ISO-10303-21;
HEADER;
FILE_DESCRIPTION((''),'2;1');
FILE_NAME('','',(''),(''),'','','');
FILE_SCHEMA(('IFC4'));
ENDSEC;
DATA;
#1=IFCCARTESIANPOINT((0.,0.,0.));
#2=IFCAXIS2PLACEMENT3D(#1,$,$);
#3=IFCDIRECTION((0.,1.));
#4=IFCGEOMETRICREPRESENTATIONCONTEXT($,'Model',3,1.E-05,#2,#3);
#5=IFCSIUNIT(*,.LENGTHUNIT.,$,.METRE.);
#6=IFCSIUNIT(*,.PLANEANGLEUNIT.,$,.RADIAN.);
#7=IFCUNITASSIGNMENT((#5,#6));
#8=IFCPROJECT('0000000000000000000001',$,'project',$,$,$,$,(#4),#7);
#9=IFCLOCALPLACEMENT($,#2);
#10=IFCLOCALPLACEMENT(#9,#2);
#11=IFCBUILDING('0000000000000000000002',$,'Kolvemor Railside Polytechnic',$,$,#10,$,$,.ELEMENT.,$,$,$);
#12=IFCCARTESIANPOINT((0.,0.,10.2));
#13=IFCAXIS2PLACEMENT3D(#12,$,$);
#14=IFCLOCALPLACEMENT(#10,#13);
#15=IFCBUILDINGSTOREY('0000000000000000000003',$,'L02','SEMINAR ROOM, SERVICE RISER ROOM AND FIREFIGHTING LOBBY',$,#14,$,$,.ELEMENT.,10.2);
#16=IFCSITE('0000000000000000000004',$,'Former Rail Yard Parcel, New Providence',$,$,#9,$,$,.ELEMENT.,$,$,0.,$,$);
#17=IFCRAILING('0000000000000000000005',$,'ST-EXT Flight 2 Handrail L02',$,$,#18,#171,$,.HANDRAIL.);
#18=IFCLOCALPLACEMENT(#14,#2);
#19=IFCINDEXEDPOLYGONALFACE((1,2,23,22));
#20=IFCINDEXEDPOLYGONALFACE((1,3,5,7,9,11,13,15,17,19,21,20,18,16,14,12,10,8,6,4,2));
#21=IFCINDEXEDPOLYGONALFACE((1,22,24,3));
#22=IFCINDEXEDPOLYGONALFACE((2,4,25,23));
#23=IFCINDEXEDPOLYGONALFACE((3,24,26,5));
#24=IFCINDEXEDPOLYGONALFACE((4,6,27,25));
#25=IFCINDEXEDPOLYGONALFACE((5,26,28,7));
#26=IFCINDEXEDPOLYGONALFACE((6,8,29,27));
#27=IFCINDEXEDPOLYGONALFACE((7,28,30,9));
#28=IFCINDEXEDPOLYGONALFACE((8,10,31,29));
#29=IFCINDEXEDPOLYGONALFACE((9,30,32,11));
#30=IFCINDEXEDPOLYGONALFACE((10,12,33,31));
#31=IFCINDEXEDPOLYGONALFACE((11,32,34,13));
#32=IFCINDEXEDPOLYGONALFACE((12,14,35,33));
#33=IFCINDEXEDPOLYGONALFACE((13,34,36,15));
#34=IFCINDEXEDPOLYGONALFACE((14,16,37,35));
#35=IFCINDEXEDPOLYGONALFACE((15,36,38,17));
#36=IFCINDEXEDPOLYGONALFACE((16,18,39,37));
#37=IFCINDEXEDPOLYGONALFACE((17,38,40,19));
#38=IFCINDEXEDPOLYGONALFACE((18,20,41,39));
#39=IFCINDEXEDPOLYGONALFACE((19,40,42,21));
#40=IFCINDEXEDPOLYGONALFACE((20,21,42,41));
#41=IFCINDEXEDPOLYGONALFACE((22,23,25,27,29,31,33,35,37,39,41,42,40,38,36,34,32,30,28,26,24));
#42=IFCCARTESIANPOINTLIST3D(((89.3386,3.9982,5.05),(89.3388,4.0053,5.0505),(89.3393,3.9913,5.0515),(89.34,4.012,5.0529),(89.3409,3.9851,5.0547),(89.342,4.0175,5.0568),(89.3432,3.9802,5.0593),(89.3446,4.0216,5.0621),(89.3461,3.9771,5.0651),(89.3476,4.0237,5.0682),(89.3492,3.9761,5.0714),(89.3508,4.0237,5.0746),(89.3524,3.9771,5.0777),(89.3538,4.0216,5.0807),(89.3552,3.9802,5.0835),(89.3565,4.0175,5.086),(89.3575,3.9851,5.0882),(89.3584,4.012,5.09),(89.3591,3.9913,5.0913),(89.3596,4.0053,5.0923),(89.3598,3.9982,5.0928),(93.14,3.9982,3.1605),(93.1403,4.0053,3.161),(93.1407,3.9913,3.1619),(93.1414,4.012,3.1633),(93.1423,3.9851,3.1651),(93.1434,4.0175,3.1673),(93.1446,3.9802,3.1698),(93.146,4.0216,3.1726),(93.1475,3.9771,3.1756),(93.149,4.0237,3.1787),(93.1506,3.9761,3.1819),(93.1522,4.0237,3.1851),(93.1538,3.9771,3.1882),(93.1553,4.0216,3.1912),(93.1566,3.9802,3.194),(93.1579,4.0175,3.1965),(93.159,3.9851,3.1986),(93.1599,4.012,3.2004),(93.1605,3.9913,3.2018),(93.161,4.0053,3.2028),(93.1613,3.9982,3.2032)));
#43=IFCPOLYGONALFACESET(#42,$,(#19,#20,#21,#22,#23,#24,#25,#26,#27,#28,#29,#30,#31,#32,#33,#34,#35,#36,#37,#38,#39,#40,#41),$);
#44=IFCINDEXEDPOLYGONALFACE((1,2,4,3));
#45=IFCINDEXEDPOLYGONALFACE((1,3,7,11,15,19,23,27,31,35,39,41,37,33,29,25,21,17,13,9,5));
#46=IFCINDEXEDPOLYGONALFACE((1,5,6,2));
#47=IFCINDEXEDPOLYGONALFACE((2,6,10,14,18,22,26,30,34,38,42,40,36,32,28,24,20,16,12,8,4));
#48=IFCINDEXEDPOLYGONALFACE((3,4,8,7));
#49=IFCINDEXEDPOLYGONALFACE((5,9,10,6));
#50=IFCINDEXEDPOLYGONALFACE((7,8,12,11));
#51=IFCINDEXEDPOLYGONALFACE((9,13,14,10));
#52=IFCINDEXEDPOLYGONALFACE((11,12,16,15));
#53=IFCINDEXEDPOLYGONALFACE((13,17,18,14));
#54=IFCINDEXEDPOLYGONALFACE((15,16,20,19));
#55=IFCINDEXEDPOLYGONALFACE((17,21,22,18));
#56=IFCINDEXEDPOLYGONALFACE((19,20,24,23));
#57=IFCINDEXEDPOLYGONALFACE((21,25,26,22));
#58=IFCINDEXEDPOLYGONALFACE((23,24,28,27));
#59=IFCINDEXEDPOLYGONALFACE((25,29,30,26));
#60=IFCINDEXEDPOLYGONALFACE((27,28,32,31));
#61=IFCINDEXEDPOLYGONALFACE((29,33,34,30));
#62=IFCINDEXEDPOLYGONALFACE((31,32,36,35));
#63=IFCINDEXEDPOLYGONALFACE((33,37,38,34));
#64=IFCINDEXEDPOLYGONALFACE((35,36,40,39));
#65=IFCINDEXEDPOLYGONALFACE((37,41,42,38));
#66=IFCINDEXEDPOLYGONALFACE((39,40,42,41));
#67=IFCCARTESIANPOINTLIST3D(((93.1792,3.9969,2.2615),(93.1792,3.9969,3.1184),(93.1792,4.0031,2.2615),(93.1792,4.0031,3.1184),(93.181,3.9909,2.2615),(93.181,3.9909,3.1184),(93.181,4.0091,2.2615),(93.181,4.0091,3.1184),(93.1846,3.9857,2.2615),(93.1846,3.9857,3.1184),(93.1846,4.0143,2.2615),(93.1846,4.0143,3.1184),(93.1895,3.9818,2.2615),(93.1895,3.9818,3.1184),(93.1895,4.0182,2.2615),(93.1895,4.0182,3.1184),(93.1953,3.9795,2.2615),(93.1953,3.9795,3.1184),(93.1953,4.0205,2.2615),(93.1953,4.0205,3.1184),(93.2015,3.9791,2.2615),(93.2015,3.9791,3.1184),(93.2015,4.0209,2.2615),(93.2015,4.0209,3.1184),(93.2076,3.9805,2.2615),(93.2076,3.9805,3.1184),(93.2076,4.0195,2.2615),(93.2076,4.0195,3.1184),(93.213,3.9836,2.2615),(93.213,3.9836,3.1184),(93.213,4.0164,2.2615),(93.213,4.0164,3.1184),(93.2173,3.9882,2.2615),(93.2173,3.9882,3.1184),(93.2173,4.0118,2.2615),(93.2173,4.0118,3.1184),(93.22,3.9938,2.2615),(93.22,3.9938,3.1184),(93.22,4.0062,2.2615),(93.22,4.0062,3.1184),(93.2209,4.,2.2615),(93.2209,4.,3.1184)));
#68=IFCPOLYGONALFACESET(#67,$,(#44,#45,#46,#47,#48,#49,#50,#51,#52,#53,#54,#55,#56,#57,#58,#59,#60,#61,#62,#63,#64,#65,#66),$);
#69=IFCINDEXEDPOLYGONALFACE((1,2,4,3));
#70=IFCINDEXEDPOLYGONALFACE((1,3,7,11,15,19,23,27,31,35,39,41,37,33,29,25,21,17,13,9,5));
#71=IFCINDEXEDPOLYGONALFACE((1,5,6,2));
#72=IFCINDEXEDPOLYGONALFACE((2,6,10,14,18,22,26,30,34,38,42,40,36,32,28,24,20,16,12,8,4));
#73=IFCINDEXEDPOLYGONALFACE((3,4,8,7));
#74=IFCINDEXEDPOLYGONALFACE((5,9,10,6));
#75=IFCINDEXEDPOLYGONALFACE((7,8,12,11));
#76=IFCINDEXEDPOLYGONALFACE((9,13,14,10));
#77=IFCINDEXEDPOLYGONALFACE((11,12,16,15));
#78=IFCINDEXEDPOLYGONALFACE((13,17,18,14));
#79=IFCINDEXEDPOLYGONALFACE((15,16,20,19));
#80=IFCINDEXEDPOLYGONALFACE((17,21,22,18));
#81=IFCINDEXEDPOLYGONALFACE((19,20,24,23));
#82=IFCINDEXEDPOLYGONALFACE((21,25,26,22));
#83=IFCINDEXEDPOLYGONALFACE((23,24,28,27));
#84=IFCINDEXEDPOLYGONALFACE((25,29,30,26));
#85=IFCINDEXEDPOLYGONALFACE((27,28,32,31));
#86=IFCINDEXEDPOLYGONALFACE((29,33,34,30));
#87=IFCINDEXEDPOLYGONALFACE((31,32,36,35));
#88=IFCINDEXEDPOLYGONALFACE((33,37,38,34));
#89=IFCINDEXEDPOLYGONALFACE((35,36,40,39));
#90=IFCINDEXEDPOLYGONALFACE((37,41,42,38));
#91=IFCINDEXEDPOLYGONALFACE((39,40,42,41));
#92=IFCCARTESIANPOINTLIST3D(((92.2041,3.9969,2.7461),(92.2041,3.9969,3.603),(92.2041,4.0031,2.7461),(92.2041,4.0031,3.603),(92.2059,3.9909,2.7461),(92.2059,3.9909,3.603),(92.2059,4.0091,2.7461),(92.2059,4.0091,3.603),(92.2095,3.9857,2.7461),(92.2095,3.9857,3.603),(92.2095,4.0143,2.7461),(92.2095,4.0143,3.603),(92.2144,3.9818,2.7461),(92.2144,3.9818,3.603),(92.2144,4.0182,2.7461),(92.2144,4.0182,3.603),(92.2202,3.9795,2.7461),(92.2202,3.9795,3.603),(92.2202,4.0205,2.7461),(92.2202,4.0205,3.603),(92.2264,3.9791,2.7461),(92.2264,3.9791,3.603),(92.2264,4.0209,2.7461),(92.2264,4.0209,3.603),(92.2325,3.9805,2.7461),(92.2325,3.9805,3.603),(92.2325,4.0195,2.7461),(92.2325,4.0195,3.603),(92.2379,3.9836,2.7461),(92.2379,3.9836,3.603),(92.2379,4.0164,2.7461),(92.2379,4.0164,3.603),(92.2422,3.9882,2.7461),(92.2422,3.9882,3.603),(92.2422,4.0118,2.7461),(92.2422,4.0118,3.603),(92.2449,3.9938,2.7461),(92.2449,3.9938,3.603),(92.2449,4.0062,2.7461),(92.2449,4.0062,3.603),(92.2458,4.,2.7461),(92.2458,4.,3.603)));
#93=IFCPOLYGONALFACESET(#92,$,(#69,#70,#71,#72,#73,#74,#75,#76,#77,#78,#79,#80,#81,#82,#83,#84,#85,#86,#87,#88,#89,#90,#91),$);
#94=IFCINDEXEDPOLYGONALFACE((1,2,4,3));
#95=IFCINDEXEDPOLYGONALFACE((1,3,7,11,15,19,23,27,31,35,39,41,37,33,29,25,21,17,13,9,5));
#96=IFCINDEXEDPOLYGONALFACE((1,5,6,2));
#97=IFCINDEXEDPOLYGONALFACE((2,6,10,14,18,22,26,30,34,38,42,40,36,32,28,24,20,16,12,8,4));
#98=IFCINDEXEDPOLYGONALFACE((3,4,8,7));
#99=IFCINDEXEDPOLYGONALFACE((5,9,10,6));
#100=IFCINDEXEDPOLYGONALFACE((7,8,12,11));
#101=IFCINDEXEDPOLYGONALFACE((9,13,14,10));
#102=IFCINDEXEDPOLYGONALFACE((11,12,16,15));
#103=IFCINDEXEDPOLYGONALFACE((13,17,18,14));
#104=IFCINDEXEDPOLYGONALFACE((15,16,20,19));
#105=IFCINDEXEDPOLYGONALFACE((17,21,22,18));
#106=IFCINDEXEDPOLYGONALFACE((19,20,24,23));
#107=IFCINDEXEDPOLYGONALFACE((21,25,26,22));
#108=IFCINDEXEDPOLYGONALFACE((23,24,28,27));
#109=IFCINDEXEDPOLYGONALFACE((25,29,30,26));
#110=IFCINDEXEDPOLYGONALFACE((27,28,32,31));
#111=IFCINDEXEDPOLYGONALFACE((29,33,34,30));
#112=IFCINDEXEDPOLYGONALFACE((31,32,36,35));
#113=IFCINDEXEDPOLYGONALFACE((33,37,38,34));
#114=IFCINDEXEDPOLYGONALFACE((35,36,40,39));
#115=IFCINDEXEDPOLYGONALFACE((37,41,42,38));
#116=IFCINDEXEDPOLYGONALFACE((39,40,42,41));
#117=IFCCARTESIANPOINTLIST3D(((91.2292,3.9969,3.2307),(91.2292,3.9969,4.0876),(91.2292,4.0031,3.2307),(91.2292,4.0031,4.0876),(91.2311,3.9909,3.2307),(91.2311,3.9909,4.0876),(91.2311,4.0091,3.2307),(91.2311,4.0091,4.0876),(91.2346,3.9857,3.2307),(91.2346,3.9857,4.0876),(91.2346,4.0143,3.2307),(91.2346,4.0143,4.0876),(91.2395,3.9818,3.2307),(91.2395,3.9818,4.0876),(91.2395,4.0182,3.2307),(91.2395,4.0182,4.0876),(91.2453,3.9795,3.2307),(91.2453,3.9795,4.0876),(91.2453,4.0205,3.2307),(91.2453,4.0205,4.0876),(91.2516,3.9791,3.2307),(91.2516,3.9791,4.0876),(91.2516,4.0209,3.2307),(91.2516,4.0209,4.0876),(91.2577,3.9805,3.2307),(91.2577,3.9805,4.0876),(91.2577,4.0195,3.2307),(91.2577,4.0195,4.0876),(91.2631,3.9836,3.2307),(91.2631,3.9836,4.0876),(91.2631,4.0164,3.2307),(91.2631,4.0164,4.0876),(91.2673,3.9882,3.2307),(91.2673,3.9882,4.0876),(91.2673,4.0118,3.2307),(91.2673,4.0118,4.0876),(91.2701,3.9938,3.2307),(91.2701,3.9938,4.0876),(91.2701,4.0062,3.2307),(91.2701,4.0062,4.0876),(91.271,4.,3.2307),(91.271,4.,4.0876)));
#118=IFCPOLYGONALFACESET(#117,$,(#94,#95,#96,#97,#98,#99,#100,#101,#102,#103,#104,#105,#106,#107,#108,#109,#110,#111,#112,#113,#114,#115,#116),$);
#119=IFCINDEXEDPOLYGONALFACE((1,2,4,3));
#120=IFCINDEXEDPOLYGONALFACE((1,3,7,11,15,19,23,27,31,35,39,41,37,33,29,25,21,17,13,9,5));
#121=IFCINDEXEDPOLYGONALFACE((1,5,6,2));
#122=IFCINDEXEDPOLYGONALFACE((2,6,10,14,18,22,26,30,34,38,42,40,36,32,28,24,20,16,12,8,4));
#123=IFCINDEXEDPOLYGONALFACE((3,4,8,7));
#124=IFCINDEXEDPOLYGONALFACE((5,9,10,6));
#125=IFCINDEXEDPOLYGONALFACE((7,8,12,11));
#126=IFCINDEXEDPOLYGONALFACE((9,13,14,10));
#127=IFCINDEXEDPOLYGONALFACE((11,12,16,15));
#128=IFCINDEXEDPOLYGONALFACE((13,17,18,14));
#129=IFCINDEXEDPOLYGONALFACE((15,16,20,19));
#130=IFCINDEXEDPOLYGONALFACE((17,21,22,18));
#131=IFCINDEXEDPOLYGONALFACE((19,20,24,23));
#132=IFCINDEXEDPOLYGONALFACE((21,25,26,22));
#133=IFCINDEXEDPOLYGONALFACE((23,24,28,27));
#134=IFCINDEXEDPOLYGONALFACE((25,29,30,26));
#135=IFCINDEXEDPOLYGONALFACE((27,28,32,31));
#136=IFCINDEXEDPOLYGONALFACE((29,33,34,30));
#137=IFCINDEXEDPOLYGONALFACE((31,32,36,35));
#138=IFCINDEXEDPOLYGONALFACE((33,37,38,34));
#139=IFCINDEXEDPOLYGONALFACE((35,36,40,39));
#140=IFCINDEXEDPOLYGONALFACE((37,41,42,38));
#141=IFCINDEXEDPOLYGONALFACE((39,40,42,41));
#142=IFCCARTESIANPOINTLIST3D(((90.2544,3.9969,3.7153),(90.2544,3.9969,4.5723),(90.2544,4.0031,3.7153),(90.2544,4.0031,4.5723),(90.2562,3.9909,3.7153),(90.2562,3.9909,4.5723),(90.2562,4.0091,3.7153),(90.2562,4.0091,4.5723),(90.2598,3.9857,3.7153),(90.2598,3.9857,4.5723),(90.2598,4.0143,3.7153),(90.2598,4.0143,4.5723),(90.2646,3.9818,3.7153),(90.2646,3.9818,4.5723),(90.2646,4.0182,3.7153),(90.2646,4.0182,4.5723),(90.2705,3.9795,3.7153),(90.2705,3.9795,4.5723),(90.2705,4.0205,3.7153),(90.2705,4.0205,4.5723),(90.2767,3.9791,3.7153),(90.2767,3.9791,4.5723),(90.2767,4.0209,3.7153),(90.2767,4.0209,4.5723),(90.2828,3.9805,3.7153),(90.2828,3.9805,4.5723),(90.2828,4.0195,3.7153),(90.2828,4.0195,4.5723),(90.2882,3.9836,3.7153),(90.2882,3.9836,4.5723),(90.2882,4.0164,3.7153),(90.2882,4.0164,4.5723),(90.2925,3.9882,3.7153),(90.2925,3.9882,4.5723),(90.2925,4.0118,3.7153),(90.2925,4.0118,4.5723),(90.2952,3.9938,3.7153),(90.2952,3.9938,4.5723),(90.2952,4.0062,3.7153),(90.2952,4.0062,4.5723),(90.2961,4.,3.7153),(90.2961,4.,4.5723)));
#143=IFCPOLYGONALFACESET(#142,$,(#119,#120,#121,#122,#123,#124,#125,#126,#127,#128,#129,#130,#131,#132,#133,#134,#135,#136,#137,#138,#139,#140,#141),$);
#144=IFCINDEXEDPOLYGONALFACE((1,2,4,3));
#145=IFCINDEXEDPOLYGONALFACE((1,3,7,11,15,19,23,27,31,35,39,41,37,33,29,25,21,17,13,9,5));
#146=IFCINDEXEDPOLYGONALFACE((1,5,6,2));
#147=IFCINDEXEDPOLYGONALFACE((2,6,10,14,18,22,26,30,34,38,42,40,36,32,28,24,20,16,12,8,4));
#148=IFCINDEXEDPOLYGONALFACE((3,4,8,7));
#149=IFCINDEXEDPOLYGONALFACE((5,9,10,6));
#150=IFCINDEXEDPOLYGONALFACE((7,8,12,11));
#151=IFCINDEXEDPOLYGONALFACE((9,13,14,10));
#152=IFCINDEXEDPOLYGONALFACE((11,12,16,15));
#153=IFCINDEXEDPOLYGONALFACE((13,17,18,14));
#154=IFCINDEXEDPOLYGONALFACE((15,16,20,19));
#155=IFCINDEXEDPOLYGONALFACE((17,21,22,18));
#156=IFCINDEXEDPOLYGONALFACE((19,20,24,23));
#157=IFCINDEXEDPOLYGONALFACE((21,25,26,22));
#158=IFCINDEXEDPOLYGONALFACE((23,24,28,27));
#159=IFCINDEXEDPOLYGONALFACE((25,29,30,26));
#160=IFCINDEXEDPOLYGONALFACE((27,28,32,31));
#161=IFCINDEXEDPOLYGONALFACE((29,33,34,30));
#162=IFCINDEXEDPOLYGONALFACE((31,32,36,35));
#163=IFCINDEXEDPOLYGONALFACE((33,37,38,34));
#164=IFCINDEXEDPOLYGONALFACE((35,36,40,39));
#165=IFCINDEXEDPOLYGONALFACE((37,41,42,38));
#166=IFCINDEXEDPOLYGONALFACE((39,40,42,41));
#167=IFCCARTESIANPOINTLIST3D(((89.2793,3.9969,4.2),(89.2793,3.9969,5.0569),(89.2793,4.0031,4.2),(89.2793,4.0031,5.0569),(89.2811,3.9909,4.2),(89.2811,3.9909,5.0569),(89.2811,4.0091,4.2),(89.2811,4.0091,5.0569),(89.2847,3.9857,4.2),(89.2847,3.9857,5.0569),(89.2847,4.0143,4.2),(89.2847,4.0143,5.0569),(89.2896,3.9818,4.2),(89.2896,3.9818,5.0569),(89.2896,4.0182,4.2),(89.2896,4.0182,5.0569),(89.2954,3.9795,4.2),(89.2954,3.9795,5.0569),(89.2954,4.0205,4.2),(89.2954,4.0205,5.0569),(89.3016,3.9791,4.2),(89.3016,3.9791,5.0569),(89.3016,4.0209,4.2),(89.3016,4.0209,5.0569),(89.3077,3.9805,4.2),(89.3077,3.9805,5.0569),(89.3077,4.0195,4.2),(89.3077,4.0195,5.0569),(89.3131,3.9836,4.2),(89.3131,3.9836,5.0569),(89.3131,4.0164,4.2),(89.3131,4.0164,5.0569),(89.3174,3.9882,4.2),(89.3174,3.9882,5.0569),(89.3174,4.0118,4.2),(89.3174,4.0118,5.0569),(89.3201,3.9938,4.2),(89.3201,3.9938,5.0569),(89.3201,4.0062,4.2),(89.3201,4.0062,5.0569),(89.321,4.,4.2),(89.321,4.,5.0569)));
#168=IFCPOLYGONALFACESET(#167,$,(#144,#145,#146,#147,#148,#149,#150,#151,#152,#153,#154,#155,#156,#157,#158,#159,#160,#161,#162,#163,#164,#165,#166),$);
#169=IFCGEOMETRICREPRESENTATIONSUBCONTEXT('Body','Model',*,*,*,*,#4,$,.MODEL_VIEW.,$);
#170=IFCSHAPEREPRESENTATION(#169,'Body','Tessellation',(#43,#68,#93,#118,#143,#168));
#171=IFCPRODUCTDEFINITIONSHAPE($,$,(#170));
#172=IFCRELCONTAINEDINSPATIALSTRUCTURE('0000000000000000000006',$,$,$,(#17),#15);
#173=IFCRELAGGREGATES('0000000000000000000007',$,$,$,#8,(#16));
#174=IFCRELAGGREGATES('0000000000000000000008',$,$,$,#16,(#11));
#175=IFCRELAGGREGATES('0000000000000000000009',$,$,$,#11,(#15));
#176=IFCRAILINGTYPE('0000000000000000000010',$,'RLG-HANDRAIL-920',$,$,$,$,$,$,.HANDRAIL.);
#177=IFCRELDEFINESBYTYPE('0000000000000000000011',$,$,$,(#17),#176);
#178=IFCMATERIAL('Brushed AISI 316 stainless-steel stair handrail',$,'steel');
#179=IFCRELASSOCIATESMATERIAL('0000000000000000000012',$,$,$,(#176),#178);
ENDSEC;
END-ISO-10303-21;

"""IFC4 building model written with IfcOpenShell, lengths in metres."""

from ifc_helpers import new_model, si_unit, direction, frame, origin, origin_2d, place, context, subcontext, project, spatial, circle, extrude, material, type_object, element, save


model = new_model("IFC4")

# Units and contexts
model_context = context("Model", 3, precision=1e-05, world=origin(), true_north=direction((0.0, 1.0)))
body_context = subcontext(model_context, "Body", "Model", "MODEL_VIEW")
ifc_project = project(units=[si_unit("LENGTHUNIT", "METRE"), si_unit("PLANEANGLEUNIT", "RADIAN")], contexts=[model_context])

# Site, building, storey
site_placement = place(None, origin())
site = spatial("IfcSite", under=ifc_project, at=site_placement, Name="Former Rail Yard Parcel, New Providence", CompositionType="ELEMENT", RefElevation=0.0)
building_placement = place(site_placement, origin())
building = spatial("IfcBuilding", under=site, at=building_placement, Name="Kolvemor Railside Polytechnic", CompositionType="ELEMENT")
storey_placement = place(building_placement, frame((0.0, 0.0, 10.2)))
storey = spatial("IfcBuildingStorey", under=building, at=storey_placement, Name="L02", Description="SEMINAR ROOM, SERVICE RISER ROOM AND FIREFIGHTING LOBBY", CompositionType="ELEMENT", Elevation=10.2)

# Railing
ifc_material_1 = material(Name="Brushed AISI 316 stainless-steel stair handrail", Category="steel")
railing_type_1 = type_object("IfcRailingType", Name="RLG-HANDRAIL-920", PredefinedType="HANDRAIL", material=ifc_material_1)
railing_1_placement = place(storey_placement, frame((93.2, 4.0, 2.2615)))
element("IfcRailing", 1, at=railing_1_placement, inside=storey, type_object=railing_type_1, Name="ST-EXT Flight 2 Handrail L02", PredefinedType="HANDRAIL", context=body_context, shape_type="SweptSolid", body=[
    extrude(circle(Radius=0.0239, at=origin_2d()), frame((-0.0493, 0.0, 0.9204), z_axis=(-0.895479, 0.0, 0.445105), x_axis=(0.0, -1.0, 0.0)), (0.0, 0.0, 1.0), 4.2451),
    extrude(circle(Radius=0.021, at=origin_2d()), origin(), (0.0, 0.0, 1.0), 0.8569),
    extrude(circle(Radius=0.021, at=origin_2d()), frame((-0.9751, 0.0, 0.4846)), (0.0, 0.0, 1.0), 0.8569),
    extrude(circle(Radius=0.021, at=origin_2d()), frame((-1.95, 0.0, 0.9692)), (0.0, 0.0, 1.0), 0.8569),
    extrude(circle(Radius=0.021, at=origin_2d()), frame((-2.9248, 0.0, 1.4539)), (0.0, 0.0, 1.0), 0.8569),
    extrude(circle(Radius=0.021, at=origin_2d()), frame((-3.8999, 0.0, 1.9385)), (0.0, 0.0, 1.0), 0.8569),
])

save(model, "model.ifc")
